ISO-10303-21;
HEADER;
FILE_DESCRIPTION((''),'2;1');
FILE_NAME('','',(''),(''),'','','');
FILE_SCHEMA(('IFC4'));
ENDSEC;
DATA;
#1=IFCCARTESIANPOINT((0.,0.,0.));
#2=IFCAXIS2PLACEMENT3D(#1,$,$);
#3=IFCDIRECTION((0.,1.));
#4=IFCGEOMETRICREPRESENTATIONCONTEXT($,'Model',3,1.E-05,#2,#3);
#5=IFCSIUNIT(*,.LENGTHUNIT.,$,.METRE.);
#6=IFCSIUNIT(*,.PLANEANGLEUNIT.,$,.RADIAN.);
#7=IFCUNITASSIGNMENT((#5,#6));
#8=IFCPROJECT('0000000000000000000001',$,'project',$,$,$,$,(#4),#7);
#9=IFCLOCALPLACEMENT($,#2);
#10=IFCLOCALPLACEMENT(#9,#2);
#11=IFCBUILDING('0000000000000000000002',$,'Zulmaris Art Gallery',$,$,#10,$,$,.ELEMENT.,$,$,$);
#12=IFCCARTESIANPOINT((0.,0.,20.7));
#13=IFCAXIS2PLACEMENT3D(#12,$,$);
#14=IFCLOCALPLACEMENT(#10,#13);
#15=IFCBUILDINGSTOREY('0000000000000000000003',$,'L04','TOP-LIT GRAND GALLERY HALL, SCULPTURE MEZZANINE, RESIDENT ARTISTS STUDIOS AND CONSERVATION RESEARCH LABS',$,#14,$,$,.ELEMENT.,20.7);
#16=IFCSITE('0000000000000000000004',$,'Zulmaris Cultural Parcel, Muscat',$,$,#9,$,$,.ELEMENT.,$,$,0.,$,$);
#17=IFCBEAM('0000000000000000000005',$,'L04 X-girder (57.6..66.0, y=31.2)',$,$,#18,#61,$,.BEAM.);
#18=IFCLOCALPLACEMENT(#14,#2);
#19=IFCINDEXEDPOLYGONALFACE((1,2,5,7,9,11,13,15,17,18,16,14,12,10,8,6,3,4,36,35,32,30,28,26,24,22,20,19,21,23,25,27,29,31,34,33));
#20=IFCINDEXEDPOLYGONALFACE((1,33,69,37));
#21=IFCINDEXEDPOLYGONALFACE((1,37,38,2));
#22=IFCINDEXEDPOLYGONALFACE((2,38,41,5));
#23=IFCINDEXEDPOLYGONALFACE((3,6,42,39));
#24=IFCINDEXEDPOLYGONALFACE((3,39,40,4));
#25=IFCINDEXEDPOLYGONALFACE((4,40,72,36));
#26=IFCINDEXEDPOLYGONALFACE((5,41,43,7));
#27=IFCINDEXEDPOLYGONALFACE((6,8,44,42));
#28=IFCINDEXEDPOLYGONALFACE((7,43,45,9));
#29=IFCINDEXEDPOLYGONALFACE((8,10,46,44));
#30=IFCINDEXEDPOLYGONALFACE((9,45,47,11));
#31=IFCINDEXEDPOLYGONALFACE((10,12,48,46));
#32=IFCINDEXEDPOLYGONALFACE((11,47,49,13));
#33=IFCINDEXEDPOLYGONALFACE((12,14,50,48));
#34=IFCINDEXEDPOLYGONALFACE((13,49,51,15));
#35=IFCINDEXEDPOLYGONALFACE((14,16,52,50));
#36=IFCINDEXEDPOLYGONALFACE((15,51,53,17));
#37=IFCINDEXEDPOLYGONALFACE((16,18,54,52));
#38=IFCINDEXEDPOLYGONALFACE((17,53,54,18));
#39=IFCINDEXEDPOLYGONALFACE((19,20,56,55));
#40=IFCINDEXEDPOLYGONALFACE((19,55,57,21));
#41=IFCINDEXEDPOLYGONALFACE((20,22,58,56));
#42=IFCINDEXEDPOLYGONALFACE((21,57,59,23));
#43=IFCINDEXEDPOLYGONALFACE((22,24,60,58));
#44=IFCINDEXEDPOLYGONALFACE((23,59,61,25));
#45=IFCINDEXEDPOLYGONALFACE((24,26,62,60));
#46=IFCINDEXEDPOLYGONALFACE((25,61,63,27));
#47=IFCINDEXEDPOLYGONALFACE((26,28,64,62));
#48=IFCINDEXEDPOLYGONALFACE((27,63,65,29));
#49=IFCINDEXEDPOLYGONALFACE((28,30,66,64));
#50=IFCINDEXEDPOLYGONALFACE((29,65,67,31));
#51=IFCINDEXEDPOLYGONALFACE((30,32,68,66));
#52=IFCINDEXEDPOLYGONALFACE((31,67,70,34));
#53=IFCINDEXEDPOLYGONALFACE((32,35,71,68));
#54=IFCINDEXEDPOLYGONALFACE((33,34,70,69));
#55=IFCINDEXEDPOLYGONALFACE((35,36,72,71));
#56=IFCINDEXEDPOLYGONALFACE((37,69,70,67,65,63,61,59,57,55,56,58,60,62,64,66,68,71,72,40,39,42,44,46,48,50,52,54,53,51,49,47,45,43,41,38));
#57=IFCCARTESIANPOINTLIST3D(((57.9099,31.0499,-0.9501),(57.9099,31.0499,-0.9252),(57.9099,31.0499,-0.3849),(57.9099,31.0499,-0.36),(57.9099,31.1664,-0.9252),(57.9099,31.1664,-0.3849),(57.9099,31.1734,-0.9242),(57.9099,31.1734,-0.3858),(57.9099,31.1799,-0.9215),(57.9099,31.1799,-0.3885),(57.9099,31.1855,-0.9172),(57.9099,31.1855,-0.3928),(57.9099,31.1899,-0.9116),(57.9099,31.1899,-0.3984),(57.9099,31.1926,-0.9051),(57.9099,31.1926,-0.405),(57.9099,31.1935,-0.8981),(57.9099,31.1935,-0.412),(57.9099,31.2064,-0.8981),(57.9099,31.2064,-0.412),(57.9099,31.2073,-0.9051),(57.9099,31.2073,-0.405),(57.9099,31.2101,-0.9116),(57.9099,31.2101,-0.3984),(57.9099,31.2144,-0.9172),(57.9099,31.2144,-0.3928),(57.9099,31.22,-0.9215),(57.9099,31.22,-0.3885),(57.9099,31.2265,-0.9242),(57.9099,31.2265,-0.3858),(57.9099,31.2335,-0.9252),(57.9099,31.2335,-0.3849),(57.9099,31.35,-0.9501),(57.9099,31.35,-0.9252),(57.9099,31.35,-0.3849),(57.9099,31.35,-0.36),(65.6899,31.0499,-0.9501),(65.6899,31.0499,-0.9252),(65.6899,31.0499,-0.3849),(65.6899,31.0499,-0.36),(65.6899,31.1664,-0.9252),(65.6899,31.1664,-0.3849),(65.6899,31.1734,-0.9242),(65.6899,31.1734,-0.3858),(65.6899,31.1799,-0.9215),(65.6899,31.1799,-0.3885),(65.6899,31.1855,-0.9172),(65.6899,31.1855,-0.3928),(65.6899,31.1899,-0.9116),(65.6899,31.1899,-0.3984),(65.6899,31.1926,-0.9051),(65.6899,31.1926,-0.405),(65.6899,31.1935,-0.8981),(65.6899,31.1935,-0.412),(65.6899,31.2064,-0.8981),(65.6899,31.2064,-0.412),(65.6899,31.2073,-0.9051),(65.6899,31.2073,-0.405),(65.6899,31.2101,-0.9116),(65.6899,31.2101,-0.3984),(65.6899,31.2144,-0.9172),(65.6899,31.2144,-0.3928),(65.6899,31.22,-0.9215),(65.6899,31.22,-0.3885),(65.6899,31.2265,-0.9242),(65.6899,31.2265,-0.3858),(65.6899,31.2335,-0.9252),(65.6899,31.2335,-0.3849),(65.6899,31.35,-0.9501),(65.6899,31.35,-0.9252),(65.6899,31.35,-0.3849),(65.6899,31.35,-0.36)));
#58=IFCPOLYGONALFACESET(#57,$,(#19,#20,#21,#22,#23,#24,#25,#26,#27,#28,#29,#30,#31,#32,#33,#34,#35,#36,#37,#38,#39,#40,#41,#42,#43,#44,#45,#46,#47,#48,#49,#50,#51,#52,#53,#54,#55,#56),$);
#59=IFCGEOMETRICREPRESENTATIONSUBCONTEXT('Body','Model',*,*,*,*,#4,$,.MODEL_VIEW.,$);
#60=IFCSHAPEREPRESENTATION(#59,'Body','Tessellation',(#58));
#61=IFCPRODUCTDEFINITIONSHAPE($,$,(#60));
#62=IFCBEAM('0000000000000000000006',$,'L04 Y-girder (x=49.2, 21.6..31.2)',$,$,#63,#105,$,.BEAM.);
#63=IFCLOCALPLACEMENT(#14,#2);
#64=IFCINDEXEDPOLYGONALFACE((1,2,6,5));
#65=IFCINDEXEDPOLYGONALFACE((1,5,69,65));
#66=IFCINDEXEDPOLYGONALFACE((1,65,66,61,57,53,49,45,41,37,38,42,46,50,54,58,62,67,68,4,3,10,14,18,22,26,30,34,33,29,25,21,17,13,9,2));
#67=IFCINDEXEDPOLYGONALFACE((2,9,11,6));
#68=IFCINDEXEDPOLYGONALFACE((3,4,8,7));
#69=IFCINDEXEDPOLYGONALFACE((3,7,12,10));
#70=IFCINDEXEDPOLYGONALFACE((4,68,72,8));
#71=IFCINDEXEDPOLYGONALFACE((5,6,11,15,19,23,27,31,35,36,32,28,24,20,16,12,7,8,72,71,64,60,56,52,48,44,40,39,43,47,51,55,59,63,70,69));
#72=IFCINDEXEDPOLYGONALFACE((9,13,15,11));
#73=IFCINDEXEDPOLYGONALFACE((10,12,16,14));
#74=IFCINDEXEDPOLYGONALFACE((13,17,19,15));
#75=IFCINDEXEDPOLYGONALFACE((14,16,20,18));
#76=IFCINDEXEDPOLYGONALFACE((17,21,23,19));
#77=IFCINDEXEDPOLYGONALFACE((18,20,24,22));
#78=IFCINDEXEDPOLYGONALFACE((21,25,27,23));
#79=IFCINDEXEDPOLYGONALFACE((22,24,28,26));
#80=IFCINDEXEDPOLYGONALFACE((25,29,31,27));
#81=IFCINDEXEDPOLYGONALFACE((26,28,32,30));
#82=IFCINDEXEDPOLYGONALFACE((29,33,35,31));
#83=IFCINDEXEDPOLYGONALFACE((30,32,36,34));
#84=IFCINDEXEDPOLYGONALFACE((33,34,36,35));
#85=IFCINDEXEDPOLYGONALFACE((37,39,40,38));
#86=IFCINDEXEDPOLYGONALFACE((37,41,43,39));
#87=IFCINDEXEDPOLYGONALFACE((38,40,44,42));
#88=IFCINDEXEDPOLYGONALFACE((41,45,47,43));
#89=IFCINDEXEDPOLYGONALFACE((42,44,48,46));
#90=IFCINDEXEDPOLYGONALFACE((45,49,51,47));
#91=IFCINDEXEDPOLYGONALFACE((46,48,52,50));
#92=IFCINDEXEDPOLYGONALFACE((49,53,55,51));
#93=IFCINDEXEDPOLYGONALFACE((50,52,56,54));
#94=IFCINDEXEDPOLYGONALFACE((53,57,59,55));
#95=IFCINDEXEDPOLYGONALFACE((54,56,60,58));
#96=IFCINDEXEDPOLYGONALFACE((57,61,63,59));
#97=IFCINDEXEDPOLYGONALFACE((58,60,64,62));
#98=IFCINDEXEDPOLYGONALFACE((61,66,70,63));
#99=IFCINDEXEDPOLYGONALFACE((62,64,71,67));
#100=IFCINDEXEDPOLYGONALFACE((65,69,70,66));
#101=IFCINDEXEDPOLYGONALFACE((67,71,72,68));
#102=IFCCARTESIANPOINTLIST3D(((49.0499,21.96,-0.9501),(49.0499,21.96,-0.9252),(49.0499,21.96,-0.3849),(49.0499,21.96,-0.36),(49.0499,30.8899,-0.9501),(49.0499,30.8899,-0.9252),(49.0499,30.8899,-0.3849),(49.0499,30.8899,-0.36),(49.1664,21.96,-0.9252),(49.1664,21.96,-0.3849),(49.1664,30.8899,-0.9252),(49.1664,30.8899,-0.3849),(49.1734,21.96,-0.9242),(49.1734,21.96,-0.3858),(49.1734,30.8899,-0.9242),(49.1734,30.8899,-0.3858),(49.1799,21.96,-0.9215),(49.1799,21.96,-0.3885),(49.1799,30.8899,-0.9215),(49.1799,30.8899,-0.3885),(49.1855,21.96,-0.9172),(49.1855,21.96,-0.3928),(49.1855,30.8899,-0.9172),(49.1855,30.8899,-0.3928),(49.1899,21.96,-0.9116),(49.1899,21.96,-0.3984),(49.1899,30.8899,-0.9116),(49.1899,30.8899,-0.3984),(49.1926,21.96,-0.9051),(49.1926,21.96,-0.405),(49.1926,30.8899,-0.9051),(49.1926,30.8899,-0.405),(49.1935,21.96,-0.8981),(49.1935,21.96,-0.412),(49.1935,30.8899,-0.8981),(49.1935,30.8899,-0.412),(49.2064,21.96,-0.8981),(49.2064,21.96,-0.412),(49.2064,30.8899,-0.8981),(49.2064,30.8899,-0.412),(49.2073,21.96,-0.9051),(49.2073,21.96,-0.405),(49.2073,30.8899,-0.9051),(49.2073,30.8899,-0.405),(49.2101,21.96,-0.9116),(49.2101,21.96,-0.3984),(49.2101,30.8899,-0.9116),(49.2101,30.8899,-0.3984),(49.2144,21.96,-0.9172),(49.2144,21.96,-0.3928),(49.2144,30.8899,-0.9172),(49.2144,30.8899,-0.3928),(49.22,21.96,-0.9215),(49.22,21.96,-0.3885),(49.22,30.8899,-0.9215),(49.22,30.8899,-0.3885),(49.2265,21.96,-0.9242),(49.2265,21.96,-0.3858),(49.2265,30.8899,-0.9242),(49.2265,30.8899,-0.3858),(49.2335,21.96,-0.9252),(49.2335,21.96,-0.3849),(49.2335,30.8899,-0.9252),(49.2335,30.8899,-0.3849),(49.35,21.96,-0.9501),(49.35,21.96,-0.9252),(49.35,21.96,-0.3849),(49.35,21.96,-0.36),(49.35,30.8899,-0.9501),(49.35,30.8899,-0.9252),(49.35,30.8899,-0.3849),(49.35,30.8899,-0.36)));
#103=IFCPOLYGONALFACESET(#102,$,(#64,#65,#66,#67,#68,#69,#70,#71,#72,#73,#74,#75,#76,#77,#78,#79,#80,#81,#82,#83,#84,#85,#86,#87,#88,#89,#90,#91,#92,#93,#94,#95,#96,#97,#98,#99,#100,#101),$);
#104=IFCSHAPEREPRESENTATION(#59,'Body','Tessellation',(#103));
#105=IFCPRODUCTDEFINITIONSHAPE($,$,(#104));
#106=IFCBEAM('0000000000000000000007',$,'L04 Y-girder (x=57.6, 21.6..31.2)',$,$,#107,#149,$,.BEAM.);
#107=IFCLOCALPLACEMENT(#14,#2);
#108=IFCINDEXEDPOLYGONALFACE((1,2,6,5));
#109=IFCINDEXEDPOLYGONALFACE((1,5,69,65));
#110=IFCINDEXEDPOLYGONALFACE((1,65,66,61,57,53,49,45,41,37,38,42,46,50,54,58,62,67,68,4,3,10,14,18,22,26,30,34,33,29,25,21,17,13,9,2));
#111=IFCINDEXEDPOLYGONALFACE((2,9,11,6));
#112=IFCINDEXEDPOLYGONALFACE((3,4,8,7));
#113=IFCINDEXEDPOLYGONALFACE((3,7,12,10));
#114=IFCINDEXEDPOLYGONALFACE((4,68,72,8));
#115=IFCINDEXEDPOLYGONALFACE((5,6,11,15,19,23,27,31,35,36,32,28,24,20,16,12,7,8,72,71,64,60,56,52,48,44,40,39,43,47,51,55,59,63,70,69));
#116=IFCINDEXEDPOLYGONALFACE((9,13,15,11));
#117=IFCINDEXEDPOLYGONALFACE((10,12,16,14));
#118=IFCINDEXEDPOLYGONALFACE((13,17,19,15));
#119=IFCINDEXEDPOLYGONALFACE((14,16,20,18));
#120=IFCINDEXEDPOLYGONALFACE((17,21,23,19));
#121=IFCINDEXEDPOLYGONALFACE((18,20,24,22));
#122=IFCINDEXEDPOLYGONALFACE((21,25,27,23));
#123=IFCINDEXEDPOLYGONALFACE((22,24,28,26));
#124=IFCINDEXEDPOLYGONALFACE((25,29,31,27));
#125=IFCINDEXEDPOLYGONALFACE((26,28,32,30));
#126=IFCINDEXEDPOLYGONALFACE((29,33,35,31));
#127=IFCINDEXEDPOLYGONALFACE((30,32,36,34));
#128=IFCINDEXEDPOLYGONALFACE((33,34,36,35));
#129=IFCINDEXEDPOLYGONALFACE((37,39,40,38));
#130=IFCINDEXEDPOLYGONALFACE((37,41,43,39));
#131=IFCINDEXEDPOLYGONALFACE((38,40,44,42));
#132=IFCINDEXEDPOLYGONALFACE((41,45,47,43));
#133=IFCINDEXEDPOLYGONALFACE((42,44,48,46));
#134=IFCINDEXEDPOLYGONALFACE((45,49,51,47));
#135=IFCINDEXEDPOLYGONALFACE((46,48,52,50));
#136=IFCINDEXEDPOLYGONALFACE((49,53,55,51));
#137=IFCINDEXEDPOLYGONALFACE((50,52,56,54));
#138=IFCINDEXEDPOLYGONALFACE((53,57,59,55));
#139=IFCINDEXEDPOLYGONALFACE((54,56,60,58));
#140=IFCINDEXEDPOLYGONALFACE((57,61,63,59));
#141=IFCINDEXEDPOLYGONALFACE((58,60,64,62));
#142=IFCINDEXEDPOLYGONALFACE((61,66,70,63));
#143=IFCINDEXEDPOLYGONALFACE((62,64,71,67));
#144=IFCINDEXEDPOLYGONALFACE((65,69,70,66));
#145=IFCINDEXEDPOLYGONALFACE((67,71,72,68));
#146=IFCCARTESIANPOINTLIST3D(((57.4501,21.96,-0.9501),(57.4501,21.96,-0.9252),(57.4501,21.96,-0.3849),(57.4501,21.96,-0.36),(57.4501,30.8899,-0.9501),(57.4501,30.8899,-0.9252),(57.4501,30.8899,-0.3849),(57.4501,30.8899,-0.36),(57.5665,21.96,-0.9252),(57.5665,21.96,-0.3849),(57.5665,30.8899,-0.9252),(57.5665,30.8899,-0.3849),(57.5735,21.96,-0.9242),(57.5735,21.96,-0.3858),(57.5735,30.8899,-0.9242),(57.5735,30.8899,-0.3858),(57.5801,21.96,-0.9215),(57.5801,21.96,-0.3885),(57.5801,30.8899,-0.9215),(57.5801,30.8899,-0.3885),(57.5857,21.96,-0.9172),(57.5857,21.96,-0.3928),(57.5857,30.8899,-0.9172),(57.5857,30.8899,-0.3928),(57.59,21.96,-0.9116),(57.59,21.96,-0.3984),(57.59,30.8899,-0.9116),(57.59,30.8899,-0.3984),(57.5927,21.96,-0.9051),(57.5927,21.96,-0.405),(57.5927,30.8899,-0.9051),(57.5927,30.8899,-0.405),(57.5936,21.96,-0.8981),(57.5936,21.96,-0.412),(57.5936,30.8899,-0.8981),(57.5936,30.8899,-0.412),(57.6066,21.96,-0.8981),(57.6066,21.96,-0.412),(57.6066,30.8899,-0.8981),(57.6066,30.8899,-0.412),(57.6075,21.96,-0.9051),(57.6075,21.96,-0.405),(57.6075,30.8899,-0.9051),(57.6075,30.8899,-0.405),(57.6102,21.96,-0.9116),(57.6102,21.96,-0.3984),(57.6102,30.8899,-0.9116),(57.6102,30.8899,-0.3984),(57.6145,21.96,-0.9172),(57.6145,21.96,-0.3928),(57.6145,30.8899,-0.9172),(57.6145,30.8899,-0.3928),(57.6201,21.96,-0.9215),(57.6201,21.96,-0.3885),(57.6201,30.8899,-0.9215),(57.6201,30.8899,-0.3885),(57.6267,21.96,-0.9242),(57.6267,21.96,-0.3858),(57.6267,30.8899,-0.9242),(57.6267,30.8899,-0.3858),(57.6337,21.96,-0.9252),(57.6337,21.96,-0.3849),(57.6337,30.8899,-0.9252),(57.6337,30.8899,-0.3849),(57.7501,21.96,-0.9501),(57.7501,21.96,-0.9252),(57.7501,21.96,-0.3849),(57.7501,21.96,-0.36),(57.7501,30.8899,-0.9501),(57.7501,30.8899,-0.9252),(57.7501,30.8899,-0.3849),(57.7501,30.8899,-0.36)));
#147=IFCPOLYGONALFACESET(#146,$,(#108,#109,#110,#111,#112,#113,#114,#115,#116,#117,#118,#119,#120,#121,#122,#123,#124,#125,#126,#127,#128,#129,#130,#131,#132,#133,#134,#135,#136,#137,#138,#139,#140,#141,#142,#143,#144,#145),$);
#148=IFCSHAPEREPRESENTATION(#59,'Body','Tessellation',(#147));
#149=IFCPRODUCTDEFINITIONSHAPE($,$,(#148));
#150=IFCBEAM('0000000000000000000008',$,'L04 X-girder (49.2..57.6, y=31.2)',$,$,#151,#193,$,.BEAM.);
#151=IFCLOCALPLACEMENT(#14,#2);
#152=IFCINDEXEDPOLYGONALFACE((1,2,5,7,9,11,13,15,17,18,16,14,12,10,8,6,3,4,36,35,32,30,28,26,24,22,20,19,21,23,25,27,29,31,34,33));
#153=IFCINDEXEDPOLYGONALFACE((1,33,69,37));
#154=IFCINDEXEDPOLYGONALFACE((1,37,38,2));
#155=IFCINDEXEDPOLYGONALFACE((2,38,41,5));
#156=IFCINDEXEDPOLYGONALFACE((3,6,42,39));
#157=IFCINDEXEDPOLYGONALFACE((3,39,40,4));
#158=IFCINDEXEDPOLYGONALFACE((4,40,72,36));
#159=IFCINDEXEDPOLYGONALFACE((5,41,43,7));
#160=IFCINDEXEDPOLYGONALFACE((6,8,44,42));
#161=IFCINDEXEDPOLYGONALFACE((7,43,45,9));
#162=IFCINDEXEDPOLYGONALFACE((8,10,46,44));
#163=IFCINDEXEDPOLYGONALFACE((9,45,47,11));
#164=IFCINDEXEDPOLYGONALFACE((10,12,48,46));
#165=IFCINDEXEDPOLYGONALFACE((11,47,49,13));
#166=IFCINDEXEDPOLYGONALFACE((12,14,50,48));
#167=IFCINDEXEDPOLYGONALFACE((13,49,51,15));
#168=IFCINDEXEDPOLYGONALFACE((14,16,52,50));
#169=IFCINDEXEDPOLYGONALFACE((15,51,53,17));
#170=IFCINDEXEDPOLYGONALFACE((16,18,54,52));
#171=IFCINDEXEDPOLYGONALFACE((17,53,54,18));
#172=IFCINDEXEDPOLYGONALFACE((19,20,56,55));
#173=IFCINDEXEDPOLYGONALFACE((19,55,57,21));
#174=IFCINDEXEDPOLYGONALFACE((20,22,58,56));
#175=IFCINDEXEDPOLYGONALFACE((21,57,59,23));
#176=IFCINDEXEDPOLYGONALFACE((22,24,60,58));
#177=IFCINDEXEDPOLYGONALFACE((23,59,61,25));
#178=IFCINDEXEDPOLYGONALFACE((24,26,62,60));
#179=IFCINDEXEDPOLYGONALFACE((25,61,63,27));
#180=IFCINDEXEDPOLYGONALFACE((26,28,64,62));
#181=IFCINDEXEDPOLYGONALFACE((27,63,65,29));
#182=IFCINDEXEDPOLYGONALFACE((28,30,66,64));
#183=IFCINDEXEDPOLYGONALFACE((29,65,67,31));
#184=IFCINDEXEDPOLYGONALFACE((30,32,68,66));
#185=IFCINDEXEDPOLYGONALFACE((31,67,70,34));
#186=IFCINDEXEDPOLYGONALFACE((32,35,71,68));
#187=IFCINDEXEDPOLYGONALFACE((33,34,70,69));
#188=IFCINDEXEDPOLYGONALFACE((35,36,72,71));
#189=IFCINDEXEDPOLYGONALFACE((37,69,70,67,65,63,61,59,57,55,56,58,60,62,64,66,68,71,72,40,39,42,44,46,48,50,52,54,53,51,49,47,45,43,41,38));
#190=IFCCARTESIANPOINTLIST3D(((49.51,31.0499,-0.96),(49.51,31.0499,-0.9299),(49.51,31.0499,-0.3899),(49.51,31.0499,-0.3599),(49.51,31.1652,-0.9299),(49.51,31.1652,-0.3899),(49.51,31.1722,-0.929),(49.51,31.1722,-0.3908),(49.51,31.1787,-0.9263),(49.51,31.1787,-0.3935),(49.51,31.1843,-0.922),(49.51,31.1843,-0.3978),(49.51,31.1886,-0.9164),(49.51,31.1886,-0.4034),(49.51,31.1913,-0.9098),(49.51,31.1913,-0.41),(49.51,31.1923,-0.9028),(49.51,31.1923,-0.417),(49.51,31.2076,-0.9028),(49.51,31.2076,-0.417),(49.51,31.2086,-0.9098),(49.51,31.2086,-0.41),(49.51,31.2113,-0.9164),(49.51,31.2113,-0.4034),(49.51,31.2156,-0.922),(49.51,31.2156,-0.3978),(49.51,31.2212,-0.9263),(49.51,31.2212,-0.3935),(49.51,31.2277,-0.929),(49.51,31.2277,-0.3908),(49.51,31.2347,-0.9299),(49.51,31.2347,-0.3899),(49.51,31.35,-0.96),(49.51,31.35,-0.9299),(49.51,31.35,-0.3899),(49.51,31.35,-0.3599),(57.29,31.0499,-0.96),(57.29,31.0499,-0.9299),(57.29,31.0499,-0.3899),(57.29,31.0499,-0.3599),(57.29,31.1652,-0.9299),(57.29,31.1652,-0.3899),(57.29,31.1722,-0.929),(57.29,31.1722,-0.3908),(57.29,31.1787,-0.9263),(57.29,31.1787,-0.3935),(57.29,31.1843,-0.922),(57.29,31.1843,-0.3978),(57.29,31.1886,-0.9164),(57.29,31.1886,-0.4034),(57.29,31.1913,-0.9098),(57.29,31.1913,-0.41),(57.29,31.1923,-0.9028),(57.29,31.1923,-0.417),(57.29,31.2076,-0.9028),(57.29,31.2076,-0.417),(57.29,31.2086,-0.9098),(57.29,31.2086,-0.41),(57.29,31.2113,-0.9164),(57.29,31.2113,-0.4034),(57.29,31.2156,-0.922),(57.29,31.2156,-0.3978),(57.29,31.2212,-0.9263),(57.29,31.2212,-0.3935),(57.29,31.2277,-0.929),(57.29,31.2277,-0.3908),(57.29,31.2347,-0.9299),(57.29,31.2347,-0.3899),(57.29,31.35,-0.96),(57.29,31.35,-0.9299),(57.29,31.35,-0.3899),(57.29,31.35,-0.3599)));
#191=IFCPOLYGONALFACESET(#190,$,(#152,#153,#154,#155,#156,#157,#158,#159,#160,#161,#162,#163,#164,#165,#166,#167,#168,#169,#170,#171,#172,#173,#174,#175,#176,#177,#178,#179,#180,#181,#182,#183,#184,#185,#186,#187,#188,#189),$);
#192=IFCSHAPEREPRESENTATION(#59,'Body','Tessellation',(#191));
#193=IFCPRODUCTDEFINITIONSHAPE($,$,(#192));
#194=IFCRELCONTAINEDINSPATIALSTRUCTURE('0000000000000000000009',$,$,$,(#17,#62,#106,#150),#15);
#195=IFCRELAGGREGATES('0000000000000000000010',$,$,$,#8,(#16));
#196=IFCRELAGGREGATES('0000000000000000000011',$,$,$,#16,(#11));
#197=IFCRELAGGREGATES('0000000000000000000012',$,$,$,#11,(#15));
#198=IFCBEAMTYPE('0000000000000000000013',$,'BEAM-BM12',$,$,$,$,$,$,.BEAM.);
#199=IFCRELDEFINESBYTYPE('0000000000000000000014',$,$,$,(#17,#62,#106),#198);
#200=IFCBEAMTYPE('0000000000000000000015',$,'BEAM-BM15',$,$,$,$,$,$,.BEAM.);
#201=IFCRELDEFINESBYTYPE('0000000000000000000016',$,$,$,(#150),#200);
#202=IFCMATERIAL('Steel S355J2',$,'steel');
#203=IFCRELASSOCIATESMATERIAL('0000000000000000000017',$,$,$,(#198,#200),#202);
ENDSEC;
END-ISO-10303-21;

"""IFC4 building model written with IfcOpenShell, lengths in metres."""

from ifc_helpers import new_model, si_unit, direction, frame, origin, origin_2d, place, context, subcontext, project, spatial, i_section, extrude, material, material_profile, profile_set, type_object, element, save


model = new_model("IFC4")

# Units and contexts
model_context = context("Model", 3, precision=1e-05, world=origin(), true_north=direction((0.0, 1.0)))
body_context = subcontext(model_context, "Body", "Model", "MODEL_VIEW")
ifc_project = project(units=[si_unit("LENGTHUNIT", "METRE"), si_unit("PLANEANGLEUNIT", "RADIAN")], contexts=[model_context])

# Site, building, storey
site_placement = place(None, origin())
site = spatial("IfcSite", under=ifc_project, at=site_placement, Name="Zulmaris Cultural Parcel, Muscat", CompositionType="ELEMENT", RefElevation=0.0)
building_placement = place(site_placement, origin())
building = spatial("IfcBuilding", under=site, at=building_placement, Name="Zulmaris Art Gallery", CompositionType="ELEMENT")
storey_placement = place(building_placement, frame((0.0, 0.0, 20.7)))
storey = spatial("IfcBuildingStorey", under=building, at=storey_placement, Name="L04", Description="TOP-LIT GRAND GALLERY HALL, SCULPTURE MEZZANINE, RESIDENT ARTISTS STUDIOS AND CONSERVATION RESEARCH LABS", CompositionType="ELEMENT", Elevation=20.7)

# Beams
ifc_material_1 = material(Name="Steel S355J2", Category="steel")
ifc_material_profile_1 = material_profile(ifc_material_1, i_section(OverallWidth=0.3, OverallDepth=0.5901, WebThickness=0.0129, FlangeThickness=0.0249, FilletRadius=0.0271, at=origin_2d()), Name="HEA 600")
ifc_profile_set_1 = profile_set([ifc_material_profile_1], Name="Steel S355J2")
beam_type_1 = type_object("IfcBeamType", Name="BEAM-BM12", PredefinedType="BEAM", material=ifc_profile_set_1)
beam_1_placement = place(storey_placement, frame((57.9099, 31.2, -0.655), z_axis=(1.0, 0.0, 0.0), x_axis=(0.0, 1.0, 0.0)))
element("IfcBeam", 1, at=beam_1_placement, inside=storey, type_object=beam_type_1, Name="L04 X-girder (57.6..66.0, y=31.2)", PredefinedType="BEAM", context=body_context, shape_type="SweptSolid", body=[
    extrude(i_section(OverallWidth=0.3, OverallDepth=0.5901, WebThickness=0.0129, FlangeThickness=0.0249, FilletRadius=0.0271, at=origin_2d()), origin(), (0.0, 0.0, 1.0), 7.78),
])
for number, where, z_axis, x_axis, name in (
    (2, (49.2, 21.96, -0.655), (0.0, 1.0, 0.0), (-1.0, 0.0, 0.0), "L04 Y-girder (x=49.2, 21.6..31.2)"),
    (3, (57.6001, 21.96, -0.655), (0.0, 1.0, 0.0), (-1.0, 0.0, 0.0), "L04 Y-girder (x=57.6, 21.6..31.2)"),
):
    element("IfcBeam", number, at=place(storey_placement, frame(where, z_axis=z_axis, x_axis=x_axis)), inside=storey, type_object=beam_type_1, Name=name, PredefinedType="BEAM", context=body_context, shape_type="SweptSolid", body=[
        extrude(i_section(OverallWidth=0.3, OverallDepth=0.5901, WebThickness=0.0129, FlangeThickness=0.0249, FilletRadius=0.0271, at=origin_2d()), origin(), (0.0, 0.0, 1.0), 8.9299),
    ])
ifc_material_profile_2 = material_profile(ifc_material_1, i_section(OverallWidth=0.3, OverallDepth=0.6001, WebThickness=0.0154, FlangeThickness=0.03, FilletRadius=0.0271, at=origin_2d()), Name="HEB 600")
ifc_profile_set_2 = profile_set([ifc_material_profile_2], Name="Steel S355J2")
beam_type_2 = type_object("IfcBeamType", Name="BEAM-BM15", PredefinedType="BEAM", material=ifc_profile_set_2)
beam_2_placement = place(storey_placement, frame((49.51, 31.2, -0.6599), z_axis=(1.0, 0.0, 0.0), x_axis=(0.0, 1.0, 0.0)))
element("IfcBeam", 4, at=beam_2_placement, inside=storey, type_object=beam_type_2, Name="L04 X-girder (49.2..57.6, y=31.2)", PredefinedType="BEAM", context=body_context, shape_type="SweptSolid", body=[
    extrude(i_section(OverallWidth=0.3, OverallDepth=0.6001, WebThickness=0.0154, FlangeThickness=0.03, FilletRadius=0.0271, at=origin_2d()), origin(), (0.0, 0.0, 1.0), 7.78),
])

save(model, "model.ifc")
